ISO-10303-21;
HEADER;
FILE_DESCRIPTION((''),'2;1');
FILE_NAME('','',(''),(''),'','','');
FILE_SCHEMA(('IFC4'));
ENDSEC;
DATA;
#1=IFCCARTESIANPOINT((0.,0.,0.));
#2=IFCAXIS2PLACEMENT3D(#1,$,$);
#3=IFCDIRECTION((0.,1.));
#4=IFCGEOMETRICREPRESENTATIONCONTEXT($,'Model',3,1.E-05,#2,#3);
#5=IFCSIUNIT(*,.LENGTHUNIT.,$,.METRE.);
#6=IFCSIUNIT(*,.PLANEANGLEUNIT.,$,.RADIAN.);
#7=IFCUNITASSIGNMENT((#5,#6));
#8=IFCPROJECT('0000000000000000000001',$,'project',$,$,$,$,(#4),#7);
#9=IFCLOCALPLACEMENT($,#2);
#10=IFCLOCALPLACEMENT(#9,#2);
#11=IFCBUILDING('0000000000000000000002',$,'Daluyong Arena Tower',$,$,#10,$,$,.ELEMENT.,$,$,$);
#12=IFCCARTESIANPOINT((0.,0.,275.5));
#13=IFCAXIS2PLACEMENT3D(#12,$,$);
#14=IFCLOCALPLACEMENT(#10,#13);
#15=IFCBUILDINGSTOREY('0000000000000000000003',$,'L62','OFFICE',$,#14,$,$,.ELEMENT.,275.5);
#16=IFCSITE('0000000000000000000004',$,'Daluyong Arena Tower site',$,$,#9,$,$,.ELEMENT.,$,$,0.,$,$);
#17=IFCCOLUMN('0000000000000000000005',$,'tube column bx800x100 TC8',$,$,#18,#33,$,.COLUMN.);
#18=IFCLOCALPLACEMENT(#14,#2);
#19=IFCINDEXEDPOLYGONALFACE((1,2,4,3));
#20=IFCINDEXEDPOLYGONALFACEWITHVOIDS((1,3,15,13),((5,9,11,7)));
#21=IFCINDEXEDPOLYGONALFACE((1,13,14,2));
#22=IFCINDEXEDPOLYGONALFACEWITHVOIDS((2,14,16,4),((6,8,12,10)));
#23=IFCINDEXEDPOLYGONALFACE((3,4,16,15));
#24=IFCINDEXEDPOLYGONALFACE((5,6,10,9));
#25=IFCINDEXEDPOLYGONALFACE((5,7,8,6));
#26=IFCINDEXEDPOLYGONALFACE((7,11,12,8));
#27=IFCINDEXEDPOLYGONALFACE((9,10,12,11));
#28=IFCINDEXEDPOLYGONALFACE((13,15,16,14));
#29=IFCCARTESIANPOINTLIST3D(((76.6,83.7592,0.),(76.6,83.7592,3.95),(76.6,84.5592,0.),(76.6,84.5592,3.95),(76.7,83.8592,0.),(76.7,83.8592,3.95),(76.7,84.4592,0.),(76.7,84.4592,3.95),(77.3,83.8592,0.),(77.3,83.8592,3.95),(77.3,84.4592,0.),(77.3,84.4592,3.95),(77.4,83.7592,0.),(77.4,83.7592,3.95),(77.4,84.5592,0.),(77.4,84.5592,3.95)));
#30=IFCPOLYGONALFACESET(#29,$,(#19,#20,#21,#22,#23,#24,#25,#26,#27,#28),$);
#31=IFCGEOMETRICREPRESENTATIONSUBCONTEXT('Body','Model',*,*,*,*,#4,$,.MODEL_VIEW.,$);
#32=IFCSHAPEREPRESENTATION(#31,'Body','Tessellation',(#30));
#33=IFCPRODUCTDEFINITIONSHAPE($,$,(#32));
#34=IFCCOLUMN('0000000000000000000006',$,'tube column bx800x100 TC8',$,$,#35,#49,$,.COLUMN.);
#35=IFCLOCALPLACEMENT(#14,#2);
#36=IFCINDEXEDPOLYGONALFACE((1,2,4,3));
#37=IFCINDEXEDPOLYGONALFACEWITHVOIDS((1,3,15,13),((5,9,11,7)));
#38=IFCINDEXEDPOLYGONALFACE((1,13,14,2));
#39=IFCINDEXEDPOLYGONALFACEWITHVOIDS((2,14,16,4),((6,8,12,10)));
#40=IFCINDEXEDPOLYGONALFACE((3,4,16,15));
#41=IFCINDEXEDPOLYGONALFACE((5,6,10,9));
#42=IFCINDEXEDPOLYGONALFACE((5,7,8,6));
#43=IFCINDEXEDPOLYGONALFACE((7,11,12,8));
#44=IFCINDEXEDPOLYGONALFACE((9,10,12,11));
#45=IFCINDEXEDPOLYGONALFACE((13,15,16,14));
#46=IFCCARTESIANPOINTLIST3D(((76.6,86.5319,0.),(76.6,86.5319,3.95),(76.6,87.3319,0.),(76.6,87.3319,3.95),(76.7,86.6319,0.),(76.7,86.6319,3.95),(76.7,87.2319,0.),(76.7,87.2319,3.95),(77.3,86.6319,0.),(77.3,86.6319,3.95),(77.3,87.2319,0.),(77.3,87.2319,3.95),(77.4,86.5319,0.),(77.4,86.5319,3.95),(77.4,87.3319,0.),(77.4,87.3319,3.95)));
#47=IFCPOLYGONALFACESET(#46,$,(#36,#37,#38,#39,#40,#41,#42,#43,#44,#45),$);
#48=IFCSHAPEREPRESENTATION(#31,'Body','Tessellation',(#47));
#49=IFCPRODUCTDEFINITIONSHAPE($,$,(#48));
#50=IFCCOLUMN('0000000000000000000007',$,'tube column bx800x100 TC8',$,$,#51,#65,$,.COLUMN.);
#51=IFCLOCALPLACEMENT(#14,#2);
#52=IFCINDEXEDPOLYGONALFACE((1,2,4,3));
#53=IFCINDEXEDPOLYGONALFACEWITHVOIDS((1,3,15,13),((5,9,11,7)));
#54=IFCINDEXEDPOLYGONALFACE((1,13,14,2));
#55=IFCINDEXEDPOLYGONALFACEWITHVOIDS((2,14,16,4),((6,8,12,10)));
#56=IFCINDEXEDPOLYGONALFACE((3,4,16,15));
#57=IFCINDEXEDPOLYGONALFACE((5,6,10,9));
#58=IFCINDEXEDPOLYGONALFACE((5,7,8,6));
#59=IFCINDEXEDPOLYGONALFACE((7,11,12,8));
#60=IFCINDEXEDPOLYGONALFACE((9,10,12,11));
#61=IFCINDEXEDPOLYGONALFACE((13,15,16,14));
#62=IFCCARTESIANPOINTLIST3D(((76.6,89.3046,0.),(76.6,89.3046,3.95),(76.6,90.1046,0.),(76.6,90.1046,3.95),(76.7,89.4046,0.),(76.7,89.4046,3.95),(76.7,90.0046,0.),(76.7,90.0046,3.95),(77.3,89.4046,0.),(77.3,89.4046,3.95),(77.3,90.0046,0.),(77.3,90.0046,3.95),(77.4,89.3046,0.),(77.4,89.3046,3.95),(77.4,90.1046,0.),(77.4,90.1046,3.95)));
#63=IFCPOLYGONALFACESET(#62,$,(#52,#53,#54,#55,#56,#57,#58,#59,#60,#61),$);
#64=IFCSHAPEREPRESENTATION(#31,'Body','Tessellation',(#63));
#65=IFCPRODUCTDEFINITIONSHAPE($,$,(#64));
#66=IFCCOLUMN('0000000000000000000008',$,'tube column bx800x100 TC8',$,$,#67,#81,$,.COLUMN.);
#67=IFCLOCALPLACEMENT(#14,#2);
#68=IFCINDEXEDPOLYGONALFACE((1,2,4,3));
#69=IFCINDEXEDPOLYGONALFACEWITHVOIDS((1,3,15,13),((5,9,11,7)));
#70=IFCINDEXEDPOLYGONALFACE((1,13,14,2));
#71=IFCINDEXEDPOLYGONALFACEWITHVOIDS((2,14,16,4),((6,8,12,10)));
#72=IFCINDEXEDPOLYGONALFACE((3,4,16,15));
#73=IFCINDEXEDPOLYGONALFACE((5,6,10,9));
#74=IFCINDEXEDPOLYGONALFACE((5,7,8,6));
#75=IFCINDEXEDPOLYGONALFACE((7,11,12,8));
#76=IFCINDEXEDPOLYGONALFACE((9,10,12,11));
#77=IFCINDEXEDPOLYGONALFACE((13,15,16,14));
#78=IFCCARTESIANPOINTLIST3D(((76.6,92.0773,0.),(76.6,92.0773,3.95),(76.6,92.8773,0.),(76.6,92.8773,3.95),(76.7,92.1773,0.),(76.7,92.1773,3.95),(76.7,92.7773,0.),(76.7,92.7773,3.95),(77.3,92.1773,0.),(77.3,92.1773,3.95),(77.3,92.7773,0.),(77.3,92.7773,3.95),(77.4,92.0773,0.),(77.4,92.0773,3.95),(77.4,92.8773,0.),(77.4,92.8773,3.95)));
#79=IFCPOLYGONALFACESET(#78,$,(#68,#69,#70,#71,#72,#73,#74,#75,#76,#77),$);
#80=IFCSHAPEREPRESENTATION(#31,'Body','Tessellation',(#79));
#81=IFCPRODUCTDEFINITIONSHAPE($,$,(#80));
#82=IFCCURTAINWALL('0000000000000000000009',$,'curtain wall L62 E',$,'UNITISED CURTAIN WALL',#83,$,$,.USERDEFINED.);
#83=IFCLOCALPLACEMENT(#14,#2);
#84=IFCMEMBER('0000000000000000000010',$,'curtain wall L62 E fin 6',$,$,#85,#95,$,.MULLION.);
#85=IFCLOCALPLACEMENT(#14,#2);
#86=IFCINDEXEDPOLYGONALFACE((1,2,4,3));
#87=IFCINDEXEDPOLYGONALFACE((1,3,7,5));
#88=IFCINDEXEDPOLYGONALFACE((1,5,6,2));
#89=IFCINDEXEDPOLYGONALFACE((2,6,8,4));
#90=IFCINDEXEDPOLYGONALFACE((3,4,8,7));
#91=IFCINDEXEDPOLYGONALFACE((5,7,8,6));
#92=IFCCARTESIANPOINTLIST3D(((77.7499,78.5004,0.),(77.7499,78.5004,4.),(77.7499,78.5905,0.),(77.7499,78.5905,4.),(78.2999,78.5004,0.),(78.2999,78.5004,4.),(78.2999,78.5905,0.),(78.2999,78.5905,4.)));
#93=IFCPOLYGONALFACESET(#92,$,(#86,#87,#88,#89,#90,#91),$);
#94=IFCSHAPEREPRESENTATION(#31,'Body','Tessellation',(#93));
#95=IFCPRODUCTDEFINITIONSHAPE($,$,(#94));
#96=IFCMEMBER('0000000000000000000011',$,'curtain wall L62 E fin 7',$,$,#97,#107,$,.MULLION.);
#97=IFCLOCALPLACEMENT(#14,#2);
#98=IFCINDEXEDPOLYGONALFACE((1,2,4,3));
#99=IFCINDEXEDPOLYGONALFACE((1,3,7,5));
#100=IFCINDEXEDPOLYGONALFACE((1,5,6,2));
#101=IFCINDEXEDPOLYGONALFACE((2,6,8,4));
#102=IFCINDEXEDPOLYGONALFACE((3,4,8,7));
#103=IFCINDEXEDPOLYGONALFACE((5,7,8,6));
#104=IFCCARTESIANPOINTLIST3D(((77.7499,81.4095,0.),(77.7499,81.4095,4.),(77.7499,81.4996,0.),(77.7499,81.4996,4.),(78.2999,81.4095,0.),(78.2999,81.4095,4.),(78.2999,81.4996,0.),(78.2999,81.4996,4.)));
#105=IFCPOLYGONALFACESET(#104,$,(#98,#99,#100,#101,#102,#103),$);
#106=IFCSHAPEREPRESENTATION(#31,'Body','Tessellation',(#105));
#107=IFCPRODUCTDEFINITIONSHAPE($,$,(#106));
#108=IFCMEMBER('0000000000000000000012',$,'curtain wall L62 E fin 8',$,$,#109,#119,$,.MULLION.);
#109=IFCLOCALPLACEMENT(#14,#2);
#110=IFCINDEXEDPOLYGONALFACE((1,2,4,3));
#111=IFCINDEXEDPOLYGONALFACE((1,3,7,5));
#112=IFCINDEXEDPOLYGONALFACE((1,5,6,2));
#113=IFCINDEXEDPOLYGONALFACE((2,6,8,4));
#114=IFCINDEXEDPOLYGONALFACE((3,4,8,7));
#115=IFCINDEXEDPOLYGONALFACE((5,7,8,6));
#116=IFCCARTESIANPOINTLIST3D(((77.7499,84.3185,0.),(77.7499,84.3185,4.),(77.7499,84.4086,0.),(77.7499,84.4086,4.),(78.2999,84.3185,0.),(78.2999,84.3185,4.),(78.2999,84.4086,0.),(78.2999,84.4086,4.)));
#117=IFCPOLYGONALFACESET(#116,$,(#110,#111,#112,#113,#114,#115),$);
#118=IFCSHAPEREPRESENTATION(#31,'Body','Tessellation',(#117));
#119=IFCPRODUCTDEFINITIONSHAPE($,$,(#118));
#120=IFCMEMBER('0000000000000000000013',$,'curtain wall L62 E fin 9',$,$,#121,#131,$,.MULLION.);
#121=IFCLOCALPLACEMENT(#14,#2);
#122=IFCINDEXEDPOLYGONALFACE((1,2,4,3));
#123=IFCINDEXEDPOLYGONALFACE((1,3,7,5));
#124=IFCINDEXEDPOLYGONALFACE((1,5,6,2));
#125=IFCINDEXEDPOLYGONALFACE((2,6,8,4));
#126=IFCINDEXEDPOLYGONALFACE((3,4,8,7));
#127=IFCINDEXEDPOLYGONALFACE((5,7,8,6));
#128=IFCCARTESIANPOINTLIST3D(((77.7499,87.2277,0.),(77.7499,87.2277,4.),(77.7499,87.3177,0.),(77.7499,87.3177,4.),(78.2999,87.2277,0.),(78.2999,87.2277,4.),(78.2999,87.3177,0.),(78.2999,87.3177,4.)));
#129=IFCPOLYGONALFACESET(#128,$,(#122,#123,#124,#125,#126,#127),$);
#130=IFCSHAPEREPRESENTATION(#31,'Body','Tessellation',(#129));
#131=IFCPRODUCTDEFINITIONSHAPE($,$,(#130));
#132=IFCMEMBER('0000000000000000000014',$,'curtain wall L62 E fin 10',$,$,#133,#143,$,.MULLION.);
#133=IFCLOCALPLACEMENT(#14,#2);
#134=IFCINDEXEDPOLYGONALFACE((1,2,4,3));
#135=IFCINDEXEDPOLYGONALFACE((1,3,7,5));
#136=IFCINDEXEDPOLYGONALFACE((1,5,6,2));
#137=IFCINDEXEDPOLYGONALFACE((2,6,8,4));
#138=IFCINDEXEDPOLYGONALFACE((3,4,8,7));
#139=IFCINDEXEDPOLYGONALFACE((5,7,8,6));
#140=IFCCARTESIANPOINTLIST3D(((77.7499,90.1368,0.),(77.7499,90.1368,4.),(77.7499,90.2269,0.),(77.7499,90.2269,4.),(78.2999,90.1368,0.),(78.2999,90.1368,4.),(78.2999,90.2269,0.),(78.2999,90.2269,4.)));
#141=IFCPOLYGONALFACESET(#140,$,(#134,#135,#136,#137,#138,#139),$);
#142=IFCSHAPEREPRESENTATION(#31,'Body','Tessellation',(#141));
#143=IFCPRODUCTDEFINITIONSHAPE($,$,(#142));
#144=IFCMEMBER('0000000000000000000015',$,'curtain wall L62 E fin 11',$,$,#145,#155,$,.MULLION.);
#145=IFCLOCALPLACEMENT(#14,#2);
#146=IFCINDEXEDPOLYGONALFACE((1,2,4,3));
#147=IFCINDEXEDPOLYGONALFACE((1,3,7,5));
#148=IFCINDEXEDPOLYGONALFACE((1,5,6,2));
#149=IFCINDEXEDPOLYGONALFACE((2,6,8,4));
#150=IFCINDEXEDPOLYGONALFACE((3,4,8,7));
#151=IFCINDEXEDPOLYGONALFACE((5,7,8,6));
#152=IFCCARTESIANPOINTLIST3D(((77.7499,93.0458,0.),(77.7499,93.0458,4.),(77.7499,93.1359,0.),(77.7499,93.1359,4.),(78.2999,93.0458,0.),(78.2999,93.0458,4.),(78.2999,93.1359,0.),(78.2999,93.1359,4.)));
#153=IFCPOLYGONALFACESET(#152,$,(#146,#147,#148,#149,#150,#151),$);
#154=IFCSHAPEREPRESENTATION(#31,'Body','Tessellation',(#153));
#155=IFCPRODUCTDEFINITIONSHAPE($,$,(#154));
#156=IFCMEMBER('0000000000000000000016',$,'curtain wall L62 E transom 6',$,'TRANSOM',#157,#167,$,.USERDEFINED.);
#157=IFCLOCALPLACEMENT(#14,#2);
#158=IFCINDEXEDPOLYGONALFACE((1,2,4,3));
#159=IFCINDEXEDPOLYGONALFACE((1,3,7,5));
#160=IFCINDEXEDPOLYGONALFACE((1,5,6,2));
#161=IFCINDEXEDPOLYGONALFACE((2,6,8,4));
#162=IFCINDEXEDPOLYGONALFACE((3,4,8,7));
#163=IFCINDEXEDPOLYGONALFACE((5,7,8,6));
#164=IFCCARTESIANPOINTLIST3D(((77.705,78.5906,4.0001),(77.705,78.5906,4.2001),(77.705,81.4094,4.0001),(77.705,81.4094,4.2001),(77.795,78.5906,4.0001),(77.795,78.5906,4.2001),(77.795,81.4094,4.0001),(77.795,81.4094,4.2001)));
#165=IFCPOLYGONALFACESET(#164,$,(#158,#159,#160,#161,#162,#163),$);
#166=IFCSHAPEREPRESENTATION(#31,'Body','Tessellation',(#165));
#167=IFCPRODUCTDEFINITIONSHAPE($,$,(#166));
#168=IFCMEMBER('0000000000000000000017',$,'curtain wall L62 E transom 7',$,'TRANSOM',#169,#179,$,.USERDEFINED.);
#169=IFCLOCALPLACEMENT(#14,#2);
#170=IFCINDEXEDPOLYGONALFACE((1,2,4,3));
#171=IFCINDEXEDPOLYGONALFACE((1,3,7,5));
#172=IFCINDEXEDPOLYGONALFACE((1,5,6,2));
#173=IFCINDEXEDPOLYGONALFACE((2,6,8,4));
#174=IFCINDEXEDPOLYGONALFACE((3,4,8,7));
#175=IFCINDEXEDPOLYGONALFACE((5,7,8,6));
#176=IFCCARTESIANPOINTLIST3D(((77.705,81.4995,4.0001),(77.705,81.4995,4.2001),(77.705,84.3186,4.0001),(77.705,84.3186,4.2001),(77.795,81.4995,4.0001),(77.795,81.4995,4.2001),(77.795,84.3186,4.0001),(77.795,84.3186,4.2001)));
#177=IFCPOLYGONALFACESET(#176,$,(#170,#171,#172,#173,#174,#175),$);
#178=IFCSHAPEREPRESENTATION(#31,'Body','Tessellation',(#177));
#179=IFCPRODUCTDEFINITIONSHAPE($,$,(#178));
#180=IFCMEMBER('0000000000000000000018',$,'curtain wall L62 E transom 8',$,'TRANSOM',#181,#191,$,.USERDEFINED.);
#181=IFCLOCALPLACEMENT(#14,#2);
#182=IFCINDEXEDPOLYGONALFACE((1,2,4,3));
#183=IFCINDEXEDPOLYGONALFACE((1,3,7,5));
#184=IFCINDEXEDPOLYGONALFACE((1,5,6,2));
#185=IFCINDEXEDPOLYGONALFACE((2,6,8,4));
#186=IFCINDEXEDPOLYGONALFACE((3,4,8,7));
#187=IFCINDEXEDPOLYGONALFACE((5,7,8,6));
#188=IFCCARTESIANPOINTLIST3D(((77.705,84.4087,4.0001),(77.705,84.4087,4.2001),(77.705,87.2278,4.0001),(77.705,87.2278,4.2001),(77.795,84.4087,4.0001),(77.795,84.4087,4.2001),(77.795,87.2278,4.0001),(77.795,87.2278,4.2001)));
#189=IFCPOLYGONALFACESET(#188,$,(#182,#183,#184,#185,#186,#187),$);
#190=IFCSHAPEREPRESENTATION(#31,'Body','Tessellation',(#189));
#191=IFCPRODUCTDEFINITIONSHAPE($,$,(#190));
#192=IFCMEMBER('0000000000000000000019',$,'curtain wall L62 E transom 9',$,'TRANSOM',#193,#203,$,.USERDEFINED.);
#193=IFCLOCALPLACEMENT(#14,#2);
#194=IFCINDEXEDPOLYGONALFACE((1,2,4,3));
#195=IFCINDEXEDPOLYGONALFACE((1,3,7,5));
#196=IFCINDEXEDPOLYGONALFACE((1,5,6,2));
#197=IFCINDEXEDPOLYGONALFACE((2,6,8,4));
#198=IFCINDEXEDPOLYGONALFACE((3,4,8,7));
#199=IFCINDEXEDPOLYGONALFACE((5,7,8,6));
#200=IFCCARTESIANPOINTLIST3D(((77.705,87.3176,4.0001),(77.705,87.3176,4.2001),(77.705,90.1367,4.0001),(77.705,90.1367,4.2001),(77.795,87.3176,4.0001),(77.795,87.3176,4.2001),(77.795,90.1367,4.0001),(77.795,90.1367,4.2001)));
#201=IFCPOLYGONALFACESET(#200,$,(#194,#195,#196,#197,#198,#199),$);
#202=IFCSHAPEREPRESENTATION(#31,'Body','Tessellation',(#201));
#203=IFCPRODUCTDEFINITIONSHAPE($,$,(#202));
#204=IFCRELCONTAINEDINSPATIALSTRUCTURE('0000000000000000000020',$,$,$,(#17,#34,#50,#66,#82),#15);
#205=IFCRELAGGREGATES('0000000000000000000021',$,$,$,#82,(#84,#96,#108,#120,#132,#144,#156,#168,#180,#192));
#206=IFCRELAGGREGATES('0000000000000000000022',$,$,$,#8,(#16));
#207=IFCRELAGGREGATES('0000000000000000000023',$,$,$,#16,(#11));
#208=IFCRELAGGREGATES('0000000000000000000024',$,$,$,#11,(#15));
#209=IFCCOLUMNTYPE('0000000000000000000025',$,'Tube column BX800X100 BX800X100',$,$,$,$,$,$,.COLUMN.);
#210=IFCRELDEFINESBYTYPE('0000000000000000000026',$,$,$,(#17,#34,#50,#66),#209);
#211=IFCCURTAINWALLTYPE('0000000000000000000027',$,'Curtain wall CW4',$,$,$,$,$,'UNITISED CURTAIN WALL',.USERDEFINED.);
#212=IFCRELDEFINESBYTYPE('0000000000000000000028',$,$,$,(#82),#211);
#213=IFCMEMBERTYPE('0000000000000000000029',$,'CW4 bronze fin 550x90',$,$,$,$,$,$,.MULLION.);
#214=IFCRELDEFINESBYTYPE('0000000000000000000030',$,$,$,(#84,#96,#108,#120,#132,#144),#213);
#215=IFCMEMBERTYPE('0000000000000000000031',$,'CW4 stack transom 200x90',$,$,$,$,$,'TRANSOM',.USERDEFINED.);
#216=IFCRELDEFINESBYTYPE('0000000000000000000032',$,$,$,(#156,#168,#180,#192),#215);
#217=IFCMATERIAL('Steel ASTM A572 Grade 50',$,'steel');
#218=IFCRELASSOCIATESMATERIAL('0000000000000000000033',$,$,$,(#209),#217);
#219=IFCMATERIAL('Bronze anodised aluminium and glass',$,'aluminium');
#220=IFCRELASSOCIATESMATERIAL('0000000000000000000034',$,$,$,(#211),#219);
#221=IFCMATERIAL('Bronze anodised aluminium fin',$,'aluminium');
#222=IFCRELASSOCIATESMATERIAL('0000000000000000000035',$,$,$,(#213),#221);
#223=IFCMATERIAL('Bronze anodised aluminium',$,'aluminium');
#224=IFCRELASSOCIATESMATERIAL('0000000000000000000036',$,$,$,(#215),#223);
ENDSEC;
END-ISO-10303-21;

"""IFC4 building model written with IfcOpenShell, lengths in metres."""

from ifc_helpers import new_model, si_unit, direction, frame, origin, origin_2d, place, context, subcontext, project, spatial, rectangle, hollow_rectangle, extrude, material, material_profile, profile_set, type_object, element, aggregate, save


model = new_model("IFC4")

# Units and contexts
model_context = context("Model", 3, precision=1e-05, world=origin(), true_north=direction((0.0, 1.0)))
body_context = subcontext(model_context, "Body", "Model", "MODEL_VIEW")
ifc_project = project(units=[si_unit("LENGTHUNIT", "METRE"), si_unit("PLANEANGLEUNIT", "RADIAN")], contexts=[model_context])

# Site, building, storey
site_placement = place(None, origin())
site = spatial("IfcSite", under=ifc_project, at=site_placement, Name="Daluyong Arena Tower site", CompositionType="ELEMENT", RefElevation=0.0)
building_placement = place(site_placement, origin())
building = spatial("IfcBuilding", under=site, at=building_placement, Name="Daluyong Arena Tower", CompositionType="ELEMENT")
storey_placement = place(building_placement, frame((0.0, 0.0, 275.5)))
storey = spatial("IfcBuildingStorey", under=building, at=storey_placement, Name="L62", Description="OFFICE", CompositionType="ELEMENT", Elevation=275.5)

# Columns
ifc_material_1 = material(Name="Steel ASTM A572 Grade 50", Category="steel")
ifc_material_profile_1 = material_profile(ifc_material_1, hollow_rectangle(XDim=0.8, YDim=0.8, WallThickness=0.1, at=origin_2d()))
ifc_profile_set_1 = profile_set([ifc_material_profile_1], Name="Steel ASTM A572 Grade 50")
column_type = type_object("IfcColumnType", Name="Tube column BX800X100 BX800X100", PredefinedType="COLUMN", material=ifc_profile_set_1)
for number, where, z_axis, x_axis, name in (
    (1, (77.0, 84.1592, 0.0), (0.0, 0.0, 1.0), (0.0, 1.0, 0.0), "tube column bx800x100 TC8"),
    (2, (77.0, 86.9319, 0.0), (0.0, 0.0, 1.0), (0.0, 1.0, 0.0), "tube column bx800x100 TC8"),
    (3, (77.0, 89.7046, 0.0), (0.0, 0.0, 1.0), (0.0, 1.0, 0.0), "tube column bx800x100 TC8"),
    (4, (77.0, 92.4773, 0.0), (0.0, 0.0, 1.0), (0.0, 1.0, 0.0), "tube column bx800x100 TC8"),
):
    element("IfcColumn", number, at=place(storey_placement, frame(where, z_axis=z_axis, x_axis=x_axis)), inside=storey, type_object=column_type, Name=name, PredefinedType="COLUMN", context=body_context, shape_type="SweptSolid", body=[
        extrude(hollow_rectangle(XDim=0.8, YDim=0.8, WallThickness=0.1, at=origin_2d()), origin(), (0.0, 0.0, 1.0), 3.95),
    ])

# Curtain wall, members
ifc_material_2 = material(Name="Bronze anodised aluminium and glass", Category="aluminium")
curtain_wall_type = type_object("IfcCurtainWallType", Name="Curtain wall CW4", ElementType="UNITISED CURTAIN WALL", PredefinedType="USERDEFINED", material=ifc_material_2)
curtain_wall_placement = place(storey_placement, origin())
curtain_wall = element("IfcCurtainWall", 5, at=curtain_wall_placement, inside=storey, type_object=curtain_wall_type, Name="curtain wall L62 E", ObjectType="UNITISED CURTAIN WALL", PredefinedType="USERDEFINED")
ifc_material_3 = material(Name="Bronze anodised aluminium fin", Category="aluminium")
ifc_material_profile_2 = material_profile(ifc_material_3, rectangle(XDim=0.55, YDim=0.0901, at=origin_2d()))
ifc_profile_set_2 = profile_set([ifc_material_profile_2], Name="Bronze anodised aluminium fin")
member_type_1 = type_object("IfcMemberType", Name="CW4 bronze fin 550x90", PredefinedType="MULLION", material=ifc_profile_set_2)
member_1_placement = place(storey_placement, frame((78.0249, 78.5454, 0.0), z_axis=(0.0, 0.0, 1.0), x_axis=(-1.0, 0.0, 0.0)))
member_1 = element("IfcMember", 6, at=member_1_placement, type_object=member_type_1, Name="curtain wall L62 E fin 6", PredefinedType="MULLION", context=body_context, shape_type="SweptSolid", body=[
    extrude(rectangle(XDim=0.55, YDim=0.0901, at=origin_2d()), origin(), (0.0, 0.0, 1.0), 4.0),
])
member_2_placement = place(storey_placement, frame((78.0249, 81.4546, 0.0), z_axis=(0.0, 0.0, 1.0), x_axis=(-1.0, 0.0, 0.0)))
member_2 = element("IfcMember", 7, at=member_2_placement, type_object=member_type_1, Name="curtain wall L62 E fin 7", PredefinedType="MULLION", context=body_context, shape_type="SweptSolid", body=[
    extrude(rectangle(XDim=0.55, YDim=0.0901, at=origin_2d()), origin(), (0.0, 0.0, 1.0), 4.0),
])
member_3_placement = place(storey_placement, frame((78.0249, 84.3635, 0.0), z_axis=(0.0, 0.0, 1.0), x_axis=(-1.0, 0.0, 0.0)))
member_3 = element("IfcMember", 8, at=member_3_placement, type_object=member_type_1, Name="curtain wall L62 E fin 8", PredefinedType="MULLION", context=body_context, shape_type="SweptSolid", body=[
    extrude(rectangle(XDim=0.55, YDim=0.0901, at=origin_2d()), origin(), (0.0, 0.0, 1.0), 4.0),
])
member_4_placement = place(storey_placement, frame((78.0249, 87.2727, 0.0), z_axis=(0.0, 0.0, 1.0), x_axis=(-1.0, 0.0, 0.0)))
member_4 = element("IfcMember", 9, at=member_4_placement, type_object=member_type_1, Name="curtain wall L62 E fin 9", PredefinedType="MULLION", context=body_context, shape_type="SweptSolid", body=[
    extrude(rectangle(XDim=0.55, YDim=0.0901, at=origin_2d()), origin(), (0.0, 0.0, 1.0), 4.0),
])
member_5_placement = place(storey_placement, frame((78.0249, 90.1819, 0.0), z_axis=(0.0, 0.0, 1.0), x_axis=(-1.0, 0.0, 0.0)))
member_5 = element("IfcMember", 10, at=member_5_placement, type_object=member_type_1, Name="curtain wall L62 E fin 10", PredefinedType="MULLION", context=body_context, shape_type="SweptSolid", body=[
    extrude(rectangle(XDim=0.55, YDim=0.0901, at=origin_2d()), origin(), (0.0, 0.0, 1.0), 4.0),
])
member_6_placement = place(storey_placement, frame((78.0249, 93.0908, 0.0), z_axis=(0.0, 0.0, 1.0), x_axis=(-1.0, 0.0, 0.0)))
member_6 = element("IfcMember", 11, at=member_6_placement, type_object=member_type_1, Name="curtain wall L62 E fin 11", PredefinedType="MULLION", context=body_context, shape_type="SweptSolid", body=[
    extrude(rectangle(XDim=0.55, YDim=0.0901, at=origin_2d()), origin(), (0.0, 0.0, 1.0), 4.0),
])
ifc_material_4 = material(Name="Bronze anodised aluminium", Category="aluminium")
ifc_material_profile_3 = material_profile(ifc_material_4, rectangle(XDim=0.0901, YDim=0.2, at=origin_2d()))
ifc_profile_set_3 = profile_set([ifc_material_profile_3], Name="Bronze anodised aluminium")
member_type_2 = type_object("IfcMemberType", Name="CW4 stack transom 200x90", ElementType="TRANSOM", PredefinedType="USERDEFINED", material=ifc_profile_set_3)
member_7_placement = place(storey_placement, frame((77.75, 78.5906, 4.1001), z_axis=(0.0, 1.0, 0.0), x_axis=(-1.0, 0.0, 0.0)))
member_7 = element("IfcMember", 12, at=member_7_placement, type_object=member_type_2, Name="curtain wall L62 E transom 6", ObjectType="TRANSOM", PredefinedType="USERDEFINED", context=body_context, shape_type="SweptSolid", body=[
    extrude(rectangle(XDim=0.0901, YDim=0.2, at=origin_2d()), origin(), (0.0, 0.0, 1.0), 2.8188),
])
member_8_placement = place(storey_placement, frame((77.75, 81.4995, 4.1001), z_axis=(0.0, 1.0, 0.0), x_axis=(-1.0, 0.0, 0.0)))
member_8 = element("IfcMember", 13, at=member_8_placement, type_object=member_type_2, Name="curtain wall L62 E transom 7", ObjectType="TRANSOM", PredefinedType="USERDEFINED", context=body_context, shape_type="SweptSolid", body=[
    extrude(rectangle(XDim=0.0901, YDim=0.2, at=origin_2d()), origin(), (0.0, 0.0, 1.0), 2.8191),
])
member_9_placement = place(storey_placement, frame((77.75, 84.4087, 4.1001), z_axis=(0.0, 1.0, 0.0), x_axis=(-1.0, 0.0, 0.0)))
member_9 = element("IfcMember", 14, at=member_9_placement, type_object=member_type_2, Name="curtain wall L62 E transom 8", ObjectType="TRANSOM", PredefinedType="USERDEFINED", context=body_context, shape_type="SweptSolid", body=[
    extrude(rectangle(XDim=0.0901, YDim=0.2, at=origin_2d()), origin(), (0.0, 0.0, 1.0), 2.8191),
])
member_10_placement = place(storey_placement, frame((77.75, 87.3176, 4.1001), z_axis=(0.0, 1.0, 0.0), x_axis=(-1.0, 0.0, 0.0)))
member_10 = element("IfcMember", 15, at=member_10_placement, type_object=member_type_2, Name="curtain wall L62 E transom 9", ObjectType="TRANSOM", PredefinedType="USERDEFINED", context=body_context, shape_type="SweptSolid", body=[
    extrude(rectangle(XDim=0.0901, YDim=0.2, at=origin_2d()), origin(), (0.0, 0.0, 1.0), 2.8191),
])

aggregate(curtain_wall, [member_1, member_2, member_3, member_4, member_5, member_6, member_7, member_8, member_9, member_10])

save(model, "model.ifc")
